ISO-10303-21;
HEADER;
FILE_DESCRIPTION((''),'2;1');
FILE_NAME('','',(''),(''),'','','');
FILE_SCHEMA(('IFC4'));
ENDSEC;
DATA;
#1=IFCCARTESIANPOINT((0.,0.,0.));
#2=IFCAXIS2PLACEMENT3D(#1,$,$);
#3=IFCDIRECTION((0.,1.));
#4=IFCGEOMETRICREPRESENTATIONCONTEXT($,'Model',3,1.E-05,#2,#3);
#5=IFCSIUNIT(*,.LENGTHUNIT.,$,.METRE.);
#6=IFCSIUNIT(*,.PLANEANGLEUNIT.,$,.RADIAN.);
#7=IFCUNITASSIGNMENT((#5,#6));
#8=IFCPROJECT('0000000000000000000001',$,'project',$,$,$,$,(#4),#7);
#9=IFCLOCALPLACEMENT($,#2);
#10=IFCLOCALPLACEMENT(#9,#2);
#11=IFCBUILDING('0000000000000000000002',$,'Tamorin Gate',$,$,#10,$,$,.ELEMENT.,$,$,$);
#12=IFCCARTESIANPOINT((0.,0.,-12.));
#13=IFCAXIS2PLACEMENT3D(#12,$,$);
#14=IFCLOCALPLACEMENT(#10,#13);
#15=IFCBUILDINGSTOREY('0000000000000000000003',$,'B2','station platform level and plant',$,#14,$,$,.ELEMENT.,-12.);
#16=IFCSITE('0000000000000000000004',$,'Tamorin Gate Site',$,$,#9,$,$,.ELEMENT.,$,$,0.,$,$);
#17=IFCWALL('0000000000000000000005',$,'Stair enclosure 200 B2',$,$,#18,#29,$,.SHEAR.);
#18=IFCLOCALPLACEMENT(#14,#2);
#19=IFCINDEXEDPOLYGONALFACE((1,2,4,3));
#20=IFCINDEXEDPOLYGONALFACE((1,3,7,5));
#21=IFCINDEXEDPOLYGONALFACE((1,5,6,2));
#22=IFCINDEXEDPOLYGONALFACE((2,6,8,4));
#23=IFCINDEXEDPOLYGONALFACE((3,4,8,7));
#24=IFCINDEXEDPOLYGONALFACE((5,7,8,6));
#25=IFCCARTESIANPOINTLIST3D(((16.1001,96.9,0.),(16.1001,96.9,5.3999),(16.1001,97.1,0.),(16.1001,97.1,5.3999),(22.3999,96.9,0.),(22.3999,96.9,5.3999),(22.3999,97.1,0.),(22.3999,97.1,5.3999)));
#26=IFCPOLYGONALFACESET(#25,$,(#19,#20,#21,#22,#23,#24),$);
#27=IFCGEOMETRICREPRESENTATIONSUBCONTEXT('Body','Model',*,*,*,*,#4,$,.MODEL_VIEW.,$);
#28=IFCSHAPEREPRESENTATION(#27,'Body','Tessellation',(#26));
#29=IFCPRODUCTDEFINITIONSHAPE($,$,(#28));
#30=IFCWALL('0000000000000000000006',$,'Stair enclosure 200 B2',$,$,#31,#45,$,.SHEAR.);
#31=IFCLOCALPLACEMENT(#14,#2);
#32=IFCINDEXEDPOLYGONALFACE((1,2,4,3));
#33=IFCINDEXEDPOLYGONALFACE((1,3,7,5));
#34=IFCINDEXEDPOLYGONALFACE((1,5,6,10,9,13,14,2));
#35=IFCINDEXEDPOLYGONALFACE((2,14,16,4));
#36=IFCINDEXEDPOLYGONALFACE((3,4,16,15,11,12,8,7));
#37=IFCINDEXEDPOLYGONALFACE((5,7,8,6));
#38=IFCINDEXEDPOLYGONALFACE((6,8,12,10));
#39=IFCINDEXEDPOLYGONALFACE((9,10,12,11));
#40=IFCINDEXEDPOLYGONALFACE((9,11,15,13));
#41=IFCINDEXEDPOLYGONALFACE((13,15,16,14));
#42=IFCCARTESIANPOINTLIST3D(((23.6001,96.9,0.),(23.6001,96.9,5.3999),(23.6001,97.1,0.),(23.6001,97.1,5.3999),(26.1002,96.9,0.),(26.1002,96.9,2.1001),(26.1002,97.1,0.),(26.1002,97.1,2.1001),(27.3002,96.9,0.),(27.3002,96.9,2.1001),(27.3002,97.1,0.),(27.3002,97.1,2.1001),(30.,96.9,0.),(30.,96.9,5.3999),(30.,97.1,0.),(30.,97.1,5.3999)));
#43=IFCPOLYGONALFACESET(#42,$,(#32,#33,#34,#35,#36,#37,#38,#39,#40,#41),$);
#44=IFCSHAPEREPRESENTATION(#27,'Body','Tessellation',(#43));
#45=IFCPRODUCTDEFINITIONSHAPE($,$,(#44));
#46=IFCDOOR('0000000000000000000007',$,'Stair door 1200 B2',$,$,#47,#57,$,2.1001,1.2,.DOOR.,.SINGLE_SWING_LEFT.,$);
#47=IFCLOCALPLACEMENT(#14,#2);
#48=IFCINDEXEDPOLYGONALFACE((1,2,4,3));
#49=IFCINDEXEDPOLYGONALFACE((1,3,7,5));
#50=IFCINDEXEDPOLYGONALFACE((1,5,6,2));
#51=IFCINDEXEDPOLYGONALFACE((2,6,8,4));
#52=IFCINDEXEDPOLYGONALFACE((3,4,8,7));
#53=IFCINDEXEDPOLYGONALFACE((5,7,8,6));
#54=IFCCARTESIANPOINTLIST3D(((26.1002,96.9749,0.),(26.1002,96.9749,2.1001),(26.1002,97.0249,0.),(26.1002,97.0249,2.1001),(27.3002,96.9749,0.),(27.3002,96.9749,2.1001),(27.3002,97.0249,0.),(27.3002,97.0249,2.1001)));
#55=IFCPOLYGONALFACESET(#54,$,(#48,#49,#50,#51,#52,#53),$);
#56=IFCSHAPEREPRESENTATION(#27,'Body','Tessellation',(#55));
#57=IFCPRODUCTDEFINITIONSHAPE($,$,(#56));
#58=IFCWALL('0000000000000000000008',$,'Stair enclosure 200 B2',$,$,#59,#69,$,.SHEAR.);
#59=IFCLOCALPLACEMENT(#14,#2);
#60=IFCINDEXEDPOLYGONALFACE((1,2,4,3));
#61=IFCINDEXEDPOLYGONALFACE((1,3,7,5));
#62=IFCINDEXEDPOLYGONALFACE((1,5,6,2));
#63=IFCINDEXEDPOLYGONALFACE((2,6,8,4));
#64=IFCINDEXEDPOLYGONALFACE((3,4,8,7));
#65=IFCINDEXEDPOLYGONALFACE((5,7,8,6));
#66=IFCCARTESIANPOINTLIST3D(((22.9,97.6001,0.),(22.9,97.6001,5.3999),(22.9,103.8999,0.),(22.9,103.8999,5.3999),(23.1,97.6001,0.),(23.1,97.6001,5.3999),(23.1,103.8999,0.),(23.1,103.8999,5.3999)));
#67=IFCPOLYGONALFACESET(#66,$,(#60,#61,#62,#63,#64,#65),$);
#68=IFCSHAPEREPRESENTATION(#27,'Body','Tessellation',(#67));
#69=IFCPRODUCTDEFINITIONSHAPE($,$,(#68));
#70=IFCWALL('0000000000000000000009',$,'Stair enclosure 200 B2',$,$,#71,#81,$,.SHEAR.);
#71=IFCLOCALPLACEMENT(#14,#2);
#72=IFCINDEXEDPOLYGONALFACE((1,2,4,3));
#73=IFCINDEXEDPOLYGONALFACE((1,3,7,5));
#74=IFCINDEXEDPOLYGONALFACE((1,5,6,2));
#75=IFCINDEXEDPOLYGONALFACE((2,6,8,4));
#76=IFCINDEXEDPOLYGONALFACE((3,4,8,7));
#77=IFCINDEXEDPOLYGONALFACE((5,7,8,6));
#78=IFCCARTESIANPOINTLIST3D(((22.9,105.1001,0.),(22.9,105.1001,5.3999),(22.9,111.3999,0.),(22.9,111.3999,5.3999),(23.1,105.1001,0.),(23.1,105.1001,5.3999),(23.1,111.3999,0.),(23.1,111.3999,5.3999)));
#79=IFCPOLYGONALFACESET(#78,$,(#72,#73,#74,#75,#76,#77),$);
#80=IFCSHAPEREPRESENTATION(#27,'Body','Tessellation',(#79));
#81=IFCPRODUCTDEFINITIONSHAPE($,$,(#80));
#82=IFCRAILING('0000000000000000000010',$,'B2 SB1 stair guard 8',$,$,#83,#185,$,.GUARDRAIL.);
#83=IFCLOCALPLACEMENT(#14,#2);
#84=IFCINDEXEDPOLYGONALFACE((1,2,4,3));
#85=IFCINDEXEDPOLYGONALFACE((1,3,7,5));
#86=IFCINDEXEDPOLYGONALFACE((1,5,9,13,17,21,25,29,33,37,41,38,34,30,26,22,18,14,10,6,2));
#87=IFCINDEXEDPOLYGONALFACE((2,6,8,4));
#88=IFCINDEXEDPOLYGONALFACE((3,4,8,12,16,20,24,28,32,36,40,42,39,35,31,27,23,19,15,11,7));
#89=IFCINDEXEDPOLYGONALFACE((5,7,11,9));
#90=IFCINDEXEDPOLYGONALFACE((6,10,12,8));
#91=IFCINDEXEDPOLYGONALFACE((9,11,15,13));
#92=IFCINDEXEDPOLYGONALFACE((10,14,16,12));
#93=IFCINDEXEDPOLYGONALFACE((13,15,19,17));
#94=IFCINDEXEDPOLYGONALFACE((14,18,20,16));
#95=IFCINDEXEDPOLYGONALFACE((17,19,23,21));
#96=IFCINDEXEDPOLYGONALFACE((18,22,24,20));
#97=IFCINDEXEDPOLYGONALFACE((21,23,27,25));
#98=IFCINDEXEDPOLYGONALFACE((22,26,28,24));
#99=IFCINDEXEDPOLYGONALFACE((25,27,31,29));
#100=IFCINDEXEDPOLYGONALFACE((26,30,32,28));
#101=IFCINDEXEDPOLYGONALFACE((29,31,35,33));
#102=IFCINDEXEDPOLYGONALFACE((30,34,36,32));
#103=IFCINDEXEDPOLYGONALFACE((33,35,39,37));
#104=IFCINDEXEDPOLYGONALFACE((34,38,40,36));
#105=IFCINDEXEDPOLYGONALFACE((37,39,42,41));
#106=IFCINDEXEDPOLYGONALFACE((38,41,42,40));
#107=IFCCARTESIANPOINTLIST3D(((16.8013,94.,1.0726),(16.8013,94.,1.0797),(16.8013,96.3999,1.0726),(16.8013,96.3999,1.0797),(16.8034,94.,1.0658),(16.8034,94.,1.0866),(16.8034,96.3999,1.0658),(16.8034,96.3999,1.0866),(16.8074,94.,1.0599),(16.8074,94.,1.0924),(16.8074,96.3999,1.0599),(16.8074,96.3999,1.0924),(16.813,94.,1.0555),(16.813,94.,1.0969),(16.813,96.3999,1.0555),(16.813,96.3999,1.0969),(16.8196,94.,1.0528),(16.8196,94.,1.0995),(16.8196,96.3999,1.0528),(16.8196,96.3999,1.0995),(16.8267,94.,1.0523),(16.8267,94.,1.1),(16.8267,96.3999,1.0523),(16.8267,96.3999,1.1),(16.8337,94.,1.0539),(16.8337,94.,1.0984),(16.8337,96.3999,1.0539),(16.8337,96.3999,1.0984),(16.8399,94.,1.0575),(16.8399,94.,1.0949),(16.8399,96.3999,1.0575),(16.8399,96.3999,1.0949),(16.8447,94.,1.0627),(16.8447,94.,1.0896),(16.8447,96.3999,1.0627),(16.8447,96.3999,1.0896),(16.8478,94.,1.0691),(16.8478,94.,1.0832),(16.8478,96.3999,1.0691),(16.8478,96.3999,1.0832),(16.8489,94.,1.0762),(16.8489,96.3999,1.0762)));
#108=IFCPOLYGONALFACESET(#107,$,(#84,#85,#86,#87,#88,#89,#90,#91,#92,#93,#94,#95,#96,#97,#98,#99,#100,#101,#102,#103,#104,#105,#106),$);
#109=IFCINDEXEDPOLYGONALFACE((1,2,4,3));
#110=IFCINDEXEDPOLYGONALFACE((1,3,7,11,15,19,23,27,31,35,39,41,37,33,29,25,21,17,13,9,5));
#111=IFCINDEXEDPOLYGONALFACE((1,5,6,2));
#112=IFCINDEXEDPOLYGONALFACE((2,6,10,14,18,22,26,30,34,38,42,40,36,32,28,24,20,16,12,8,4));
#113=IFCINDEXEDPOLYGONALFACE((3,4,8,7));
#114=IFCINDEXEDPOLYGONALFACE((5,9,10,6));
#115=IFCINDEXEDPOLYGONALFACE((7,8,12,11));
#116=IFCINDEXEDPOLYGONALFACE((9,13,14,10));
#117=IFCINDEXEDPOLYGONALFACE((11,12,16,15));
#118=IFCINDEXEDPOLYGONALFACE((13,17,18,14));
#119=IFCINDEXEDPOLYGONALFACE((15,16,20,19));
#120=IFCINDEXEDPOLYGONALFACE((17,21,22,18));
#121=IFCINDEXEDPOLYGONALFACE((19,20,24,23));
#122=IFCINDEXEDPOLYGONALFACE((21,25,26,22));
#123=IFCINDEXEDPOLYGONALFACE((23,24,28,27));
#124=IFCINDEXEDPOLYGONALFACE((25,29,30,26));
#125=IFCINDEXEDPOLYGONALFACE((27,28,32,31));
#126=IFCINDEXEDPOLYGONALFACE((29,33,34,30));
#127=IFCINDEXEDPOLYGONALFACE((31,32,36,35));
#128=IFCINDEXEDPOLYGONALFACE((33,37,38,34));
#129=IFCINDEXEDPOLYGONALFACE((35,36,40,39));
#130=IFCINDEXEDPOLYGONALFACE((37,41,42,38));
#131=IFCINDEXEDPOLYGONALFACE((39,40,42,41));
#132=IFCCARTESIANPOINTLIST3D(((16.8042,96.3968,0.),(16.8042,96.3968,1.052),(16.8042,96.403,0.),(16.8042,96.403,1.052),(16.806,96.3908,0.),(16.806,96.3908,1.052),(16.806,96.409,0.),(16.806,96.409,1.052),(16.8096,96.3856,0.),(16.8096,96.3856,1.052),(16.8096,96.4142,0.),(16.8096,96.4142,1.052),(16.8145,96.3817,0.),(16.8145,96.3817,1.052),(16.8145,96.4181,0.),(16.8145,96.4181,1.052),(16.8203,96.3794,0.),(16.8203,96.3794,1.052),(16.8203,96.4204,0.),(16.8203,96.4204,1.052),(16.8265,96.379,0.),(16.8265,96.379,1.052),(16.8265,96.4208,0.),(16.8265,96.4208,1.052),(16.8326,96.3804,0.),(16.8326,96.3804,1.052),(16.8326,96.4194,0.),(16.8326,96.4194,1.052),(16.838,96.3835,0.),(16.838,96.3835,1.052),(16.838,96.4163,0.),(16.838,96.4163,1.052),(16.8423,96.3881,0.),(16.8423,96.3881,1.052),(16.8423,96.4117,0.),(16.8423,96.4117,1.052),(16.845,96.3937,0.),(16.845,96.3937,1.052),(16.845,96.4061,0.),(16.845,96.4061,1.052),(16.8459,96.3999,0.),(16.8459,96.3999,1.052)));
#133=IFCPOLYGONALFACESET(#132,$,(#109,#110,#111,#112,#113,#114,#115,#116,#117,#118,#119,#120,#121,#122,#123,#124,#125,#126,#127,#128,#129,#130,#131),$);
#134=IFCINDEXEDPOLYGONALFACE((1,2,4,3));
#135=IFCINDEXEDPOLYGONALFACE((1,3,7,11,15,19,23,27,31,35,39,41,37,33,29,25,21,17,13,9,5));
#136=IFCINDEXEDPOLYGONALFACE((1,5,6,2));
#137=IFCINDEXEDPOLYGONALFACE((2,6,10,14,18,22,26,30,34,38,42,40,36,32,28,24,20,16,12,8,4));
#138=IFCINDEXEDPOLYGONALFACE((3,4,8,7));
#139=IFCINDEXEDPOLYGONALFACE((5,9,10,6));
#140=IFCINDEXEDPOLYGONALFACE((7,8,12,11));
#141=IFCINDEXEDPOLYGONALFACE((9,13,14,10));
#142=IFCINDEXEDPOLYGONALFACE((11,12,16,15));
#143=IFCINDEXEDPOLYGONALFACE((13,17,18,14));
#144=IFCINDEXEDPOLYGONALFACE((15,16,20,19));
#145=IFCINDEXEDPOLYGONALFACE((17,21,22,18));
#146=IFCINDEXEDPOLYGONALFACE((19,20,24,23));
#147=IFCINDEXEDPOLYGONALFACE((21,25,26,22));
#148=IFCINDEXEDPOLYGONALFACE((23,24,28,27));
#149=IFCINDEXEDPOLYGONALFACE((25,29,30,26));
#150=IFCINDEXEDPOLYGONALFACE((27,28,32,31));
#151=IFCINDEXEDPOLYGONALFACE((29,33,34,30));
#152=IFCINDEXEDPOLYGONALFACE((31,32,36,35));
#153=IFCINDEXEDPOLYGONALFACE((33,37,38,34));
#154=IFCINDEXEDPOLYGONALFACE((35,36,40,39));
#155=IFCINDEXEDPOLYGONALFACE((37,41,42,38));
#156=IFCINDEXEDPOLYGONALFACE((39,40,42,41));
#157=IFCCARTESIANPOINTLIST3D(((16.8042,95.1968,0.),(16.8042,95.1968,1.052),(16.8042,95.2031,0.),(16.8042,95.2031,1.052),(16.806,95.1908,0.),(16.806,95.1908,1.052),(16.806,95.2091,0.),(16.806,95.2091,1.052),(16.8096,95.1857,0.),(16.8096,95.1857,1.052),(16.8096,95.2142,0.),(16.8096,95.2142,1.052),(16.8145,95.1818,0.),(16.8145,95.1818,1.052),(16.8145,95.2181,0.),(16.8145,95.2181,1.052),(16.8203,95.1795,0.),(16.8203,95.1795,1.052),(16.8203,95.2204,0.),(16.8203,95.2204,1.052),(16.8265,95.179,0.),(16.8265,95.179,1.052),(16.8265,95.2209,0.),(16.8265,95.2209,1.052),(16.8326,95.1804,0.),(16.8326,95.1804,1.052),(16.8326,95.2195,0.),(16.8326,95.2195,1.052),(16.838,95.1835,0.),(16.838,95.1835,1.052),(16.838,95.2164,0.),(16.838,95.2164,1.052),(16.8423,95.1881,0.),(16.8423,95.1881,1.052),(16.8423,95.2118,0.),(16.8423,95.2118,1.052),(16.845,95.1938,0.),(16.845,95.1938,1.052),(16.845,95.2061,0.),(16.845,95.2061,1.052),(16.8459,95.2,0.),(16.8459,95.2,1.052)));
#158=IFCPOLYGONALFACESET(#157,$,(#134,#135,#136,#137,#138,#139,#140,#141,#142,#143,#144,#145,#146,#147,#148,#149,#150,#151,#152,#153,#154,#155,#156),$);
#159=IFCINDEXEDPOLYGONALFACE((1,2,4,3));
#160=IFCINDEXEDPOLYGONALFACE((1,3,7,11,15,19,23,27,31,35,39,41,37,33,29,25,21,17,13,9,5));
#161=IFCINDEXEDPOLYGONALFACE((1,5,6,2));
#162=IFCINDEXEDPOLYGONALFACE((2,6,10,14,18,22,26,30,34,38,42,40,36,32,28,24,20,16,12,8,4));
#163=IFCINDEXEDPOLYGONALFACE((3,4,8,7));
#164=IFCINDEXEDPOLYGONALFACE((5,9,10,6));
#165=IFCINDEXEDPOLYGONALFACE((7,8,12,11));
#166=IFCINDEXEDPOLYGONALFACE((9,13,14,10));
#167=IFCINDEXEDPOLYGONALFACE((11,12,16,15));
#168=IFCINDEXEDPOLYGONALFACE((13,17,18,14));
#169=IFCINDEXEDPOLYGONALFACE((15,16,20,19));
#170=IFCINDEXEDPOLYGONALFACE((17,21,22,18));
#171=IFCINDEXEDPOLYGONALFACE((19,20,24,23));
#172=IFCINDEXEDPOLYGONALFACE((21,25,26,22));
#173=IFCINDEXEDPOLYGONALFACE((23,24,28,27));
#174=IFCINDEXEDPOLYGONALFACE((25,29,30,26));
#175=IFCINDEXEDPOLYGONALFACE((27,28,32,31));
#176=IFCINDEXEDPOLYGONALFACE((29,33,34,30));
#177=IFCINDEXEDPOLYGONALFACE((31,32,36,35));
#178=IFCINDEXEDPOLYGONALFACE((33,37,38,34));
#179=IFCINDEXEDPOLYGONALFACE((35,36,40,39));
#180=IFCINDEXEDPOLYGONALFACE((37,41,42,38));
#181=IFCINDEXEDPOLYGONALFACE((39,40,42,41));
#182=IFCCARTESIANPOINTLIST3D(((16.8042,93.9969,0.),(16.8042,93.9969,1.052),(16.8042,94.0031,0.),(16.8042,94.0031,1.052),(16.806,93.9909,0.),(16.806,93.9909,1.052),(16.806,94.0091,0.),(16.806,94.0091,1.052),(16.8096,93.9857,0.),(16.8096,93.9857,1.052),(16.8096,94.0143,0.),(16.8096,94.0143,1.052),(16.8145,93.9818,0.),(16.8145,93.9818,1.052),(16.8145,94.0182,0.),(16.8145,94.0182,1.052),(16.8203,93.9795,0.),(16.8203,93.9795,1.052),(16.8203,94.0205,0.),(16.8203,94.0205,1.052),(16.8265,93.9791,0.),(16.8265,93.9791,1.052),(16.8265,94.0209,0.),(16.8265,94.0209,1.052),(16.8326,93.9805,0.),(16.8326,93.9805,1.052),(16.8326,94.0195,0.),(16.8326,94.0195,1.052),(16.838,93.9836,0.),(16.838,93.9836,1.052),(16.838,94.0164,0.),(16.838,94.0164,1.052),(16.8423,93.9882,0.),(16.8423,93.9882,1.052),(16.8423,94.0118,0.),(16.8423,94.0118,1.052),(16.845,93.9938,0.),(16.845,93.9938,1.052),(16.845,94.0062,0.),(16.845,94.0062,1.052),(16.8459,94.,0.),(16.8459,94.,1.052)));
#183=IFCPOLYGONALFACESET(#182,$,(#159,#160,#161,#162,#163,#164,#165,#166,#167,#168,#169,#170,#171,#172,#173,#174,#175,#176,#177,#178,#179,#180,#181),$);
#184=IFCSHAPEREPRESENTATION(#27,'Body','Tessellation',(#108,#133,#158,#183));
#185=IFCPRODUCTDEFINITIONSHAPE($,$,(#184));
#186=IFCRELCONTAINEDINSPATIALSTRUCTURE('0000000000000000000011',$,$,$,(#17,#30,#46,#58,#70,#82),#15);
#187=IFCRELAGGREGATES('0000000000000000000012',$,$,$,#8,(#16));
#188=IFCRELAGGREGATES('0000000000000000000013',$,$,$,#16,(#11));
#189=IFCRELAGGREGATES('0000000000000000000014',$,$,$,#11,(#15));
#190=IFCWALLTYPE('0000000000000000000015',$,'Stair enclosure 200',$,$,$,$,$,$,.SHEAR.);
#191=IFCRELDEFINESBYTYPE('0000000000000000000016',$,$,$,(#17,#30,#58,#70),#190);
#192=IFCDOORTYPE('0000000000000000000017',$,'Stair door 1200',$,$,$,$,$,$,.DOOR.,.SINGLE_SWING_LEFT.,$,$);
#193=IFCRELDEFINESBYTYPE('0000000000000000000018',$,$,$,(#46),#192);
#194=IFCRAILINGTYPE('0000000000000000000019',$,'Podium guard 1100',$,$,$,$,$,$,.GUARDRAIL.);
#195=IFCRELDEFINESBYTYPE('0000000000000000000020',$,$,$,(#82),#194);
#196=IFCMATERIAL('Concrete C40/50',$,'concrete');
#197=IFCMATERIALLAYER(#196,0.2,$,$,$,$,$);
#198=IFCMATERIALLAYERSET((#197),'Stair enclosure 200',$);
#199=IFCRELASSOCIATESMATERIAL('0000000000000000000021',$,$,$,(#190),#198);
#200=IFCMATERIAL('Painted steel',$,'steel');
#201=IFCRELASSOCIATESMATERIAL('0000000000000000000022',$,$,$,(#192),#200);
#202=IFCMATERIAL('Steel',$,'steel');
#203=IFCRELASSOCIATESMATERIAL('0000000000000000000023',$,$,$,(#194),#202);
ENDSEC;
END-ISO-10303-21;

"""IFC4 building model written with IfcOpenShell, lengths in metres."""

from ifc_helpers import new_model, si_unit, direction, frame, frame_2d, origin, origin_2d, place, context, subcontext, project, spatial, rectangle, circle, extrude, material, layer, layer_set, type_object, element, fill, save


model = new_model("IFC4")

# Units and contexts
model_context = context("Model", 3, precision=1e-05, world=origin(), true_north=direction((0.0, 1.0)))
body_context = subcontext(model_context, "Body", "Model", "MODEL_VIEW")
ifc_project = project(units=[si_unit("LENGTHUNIT", "METRE"), si_unit("PLANEANGLEUNIT", "RADIAN")], contexts=[model_context])

# Site, building, storey
site_placement = place(None, origin())
site = spatial("IfcSite", under=ifc_project, at=site_placement, Name="Tamorin Gate Site", CompositionType="ELEMENT", RefElevation=0.0)
building_placement = place(site_placement, origin())
building = spatial("IfcBuilding", under=site, at=building_placement, Name="Tamorin Gate", CompositionType="ELEMENT")
storey_placement = place(building_placement, frame((0.0, 0.0, -12.0)))
storey = spatial("IfcBuildingStorey", under=building, at=storey_placement, Name="B2", Description="station platform level and plant", CompositionType="ELEMENT", Elevation=-12.0)

# Shared definitions
ifc_material_1 = material(Name="Concrete C40/50", Category="concrete")

# Wall
ifc_layer_1 = layer(ifc_material_1, 0.2)
ifc_layer_set_1 = layer_set([ifc_layer_1], Name="Stair enclosure 200")
wall_type_1 = type_object("IfcWallType", Name="Stair enclosure 200", PredefinedType="SHEAR", material=ifc_layer_set_1)
wall_1_placement = place(storey_placement, frame((16.1001, 97.0, 0.0), z_axis=(0.0, 0.0, 1.0), x_axis=(1.0, 0.0, 0.0)))
element("IfcWall", 1, at=wall_1_placement, inside=storey, type_object=wall_type_1, Name="Stair enclosure 200 B2", PredefinedType="SHEAR", context=body_context, shape_type="SweptSolid", body=[
    extrude(rectangle(XDim=6.2998, YDim=0.2, at=frame_2d((3.1499, 0.0))), origin(), (0.0, 0.0, 1.0), 5.3999),
])

# Wall, opening, door
wall_2_placement = place(storey_placement, frame((23.6001, 97.0, 0.0), z_axis=(0.0, 0.0, 1.0), x_axis=(1.0, 0.0, 0.0)))
wall_2 = element("IfcWall", 2, at=wall_2_placement, inside=storey, type_object=wall_type_1, Name="Stair enclosure 200 B2", PredefinedType="SHEAR", context=body_context, shape_type="SweptSolid", body=[
    extrude(rectangle(XDim=6.3999, YDim=0.2, at=frame_2d((3.2, 0.0))), origin(), (0.0, 0.0, 1.0), 5.3999),
])
opening_placement = place(wall_2_placement, frame((2.5, 0.0, 0.0)))
opening = element("IfcOpeningElement", 3, at=opening_placement, cuts=wall_2, PredefinedType="OPENING", context=body_context, shape_type="SweptSolid", body=[
    extrude(rectangle(XDim=1.2, YDim=2.1001, at=frame_2d((0.6001, 1.05))), frame((0.0, 0.1099, 0.0), z_axis=(0.0, -1.0, 0.0), x_axis=(1.0, 0.0, 0.0)), (0.0, 0.0, 1.0), 0.22),
])
ifc_material_2 = material(Name="Painted steel", Category="steel")
door_type = type_object("IfcDoorType", Name="Stair door 1200", OperationType="SINGLE_SWING_LEFT", PredefinedType="DOOR", material=ifc_material_2)
door_placement = place(opening_placement, origin())
door = element("IfcDoor", 4, at=door_placement, inside=storey, type_object=door_type, Name="Stair door 1200 B2", OperationType="SINGLE_SWING_LEFT", OverallHeight=2.1001, OverallWidth=1.2, PredefinedType="DOOR", context=body_context, shape_type="SweptSolid", body=[
    extrude(rectangle(XDim=1.2, YDim=2.1001, at=frame_2d((0.6001, 1.05))), frame((0.0, 0.0249, 0.0), z_axis=(0.0, -1.0, 0.0), x_axis=(1.0, 0.0, 0.0)), (0.0, 0.0, 1.0), 0.05),
])
fill(opening, door)

# Walls
for number, where, z_axis, x_axis, name in (
    (5, (23.0, 97.6001, 0.0), (0.0, 0.0, 1.0), (0.0, 1.0, 0.0), "Stair enclosure 200 B2"),
    (6, (23.0, 105.1001, 0.0), (0.0, 0.0, 1.0), (0.0, 1.0, 0.0), "Stair enclosure 200 B2"),
):
    element("IfcWall", number, at=place(storey_placement, frame(where, z_axis=z_axis, x_axis=x_axis)), inside=storey, type_object=wall_type_1, Name=name, PredefinedType="SHEAR", context=body_context, shape_type="SweptSolid", body=[
        extrude(rectangle(XDim=6.2998, YDim=0.2, at=frame_2d((3.1499, 0.0))), origin(), (0.0, 0.0, 1.0), 5.3999),
    ])

# Railing
ifc_material_3 = material(Name="Steel", Category="steel")
railing_type = type_object("IfcRailingType", Name="Podium guard 1100", PredefinedType="GUARDRAIL", material=ifc_material_3)
for number, where, name in (
    (7, (16.825, 96.3999, 0.0), "B2 SB1 stair guard 8"),
):
    element("IfcRailing", number, at=place(storey_placement, frame(where)), inside=storey, type_object=railing_type, Name=name, PredefinedType="GUARDRAIL", context=body_context, shape_type="SweptSolid", body=[
        extrude(circle(Radius=0.0239, at=origin_2d()), frame((0.0, 0.0, 1.0762), z_axis=(0.0, -1.0, 0.0), x_axis=(1.0, 0.0, 0.0)), (0.0, 0.0, 1.0), 2.3999),
        extrude(circle(Radius=0.021, at=origin_2d()), origin(), (0.0, 0.0, 1.0), 1.052),
        extrude(circle(Radius=0.021, at=origin_2d()), frame((0.0, -1.2, 0.0)), (0.0, 0.0, 1.0), 1.052),
        extrude(circle(Radius=0.021, at=origin_2d()), frame((0.0, -2.3999, 0.0)), (0.0, 0.0, 1.0), 1.052),
    ])

save(model, "model.ifc")
